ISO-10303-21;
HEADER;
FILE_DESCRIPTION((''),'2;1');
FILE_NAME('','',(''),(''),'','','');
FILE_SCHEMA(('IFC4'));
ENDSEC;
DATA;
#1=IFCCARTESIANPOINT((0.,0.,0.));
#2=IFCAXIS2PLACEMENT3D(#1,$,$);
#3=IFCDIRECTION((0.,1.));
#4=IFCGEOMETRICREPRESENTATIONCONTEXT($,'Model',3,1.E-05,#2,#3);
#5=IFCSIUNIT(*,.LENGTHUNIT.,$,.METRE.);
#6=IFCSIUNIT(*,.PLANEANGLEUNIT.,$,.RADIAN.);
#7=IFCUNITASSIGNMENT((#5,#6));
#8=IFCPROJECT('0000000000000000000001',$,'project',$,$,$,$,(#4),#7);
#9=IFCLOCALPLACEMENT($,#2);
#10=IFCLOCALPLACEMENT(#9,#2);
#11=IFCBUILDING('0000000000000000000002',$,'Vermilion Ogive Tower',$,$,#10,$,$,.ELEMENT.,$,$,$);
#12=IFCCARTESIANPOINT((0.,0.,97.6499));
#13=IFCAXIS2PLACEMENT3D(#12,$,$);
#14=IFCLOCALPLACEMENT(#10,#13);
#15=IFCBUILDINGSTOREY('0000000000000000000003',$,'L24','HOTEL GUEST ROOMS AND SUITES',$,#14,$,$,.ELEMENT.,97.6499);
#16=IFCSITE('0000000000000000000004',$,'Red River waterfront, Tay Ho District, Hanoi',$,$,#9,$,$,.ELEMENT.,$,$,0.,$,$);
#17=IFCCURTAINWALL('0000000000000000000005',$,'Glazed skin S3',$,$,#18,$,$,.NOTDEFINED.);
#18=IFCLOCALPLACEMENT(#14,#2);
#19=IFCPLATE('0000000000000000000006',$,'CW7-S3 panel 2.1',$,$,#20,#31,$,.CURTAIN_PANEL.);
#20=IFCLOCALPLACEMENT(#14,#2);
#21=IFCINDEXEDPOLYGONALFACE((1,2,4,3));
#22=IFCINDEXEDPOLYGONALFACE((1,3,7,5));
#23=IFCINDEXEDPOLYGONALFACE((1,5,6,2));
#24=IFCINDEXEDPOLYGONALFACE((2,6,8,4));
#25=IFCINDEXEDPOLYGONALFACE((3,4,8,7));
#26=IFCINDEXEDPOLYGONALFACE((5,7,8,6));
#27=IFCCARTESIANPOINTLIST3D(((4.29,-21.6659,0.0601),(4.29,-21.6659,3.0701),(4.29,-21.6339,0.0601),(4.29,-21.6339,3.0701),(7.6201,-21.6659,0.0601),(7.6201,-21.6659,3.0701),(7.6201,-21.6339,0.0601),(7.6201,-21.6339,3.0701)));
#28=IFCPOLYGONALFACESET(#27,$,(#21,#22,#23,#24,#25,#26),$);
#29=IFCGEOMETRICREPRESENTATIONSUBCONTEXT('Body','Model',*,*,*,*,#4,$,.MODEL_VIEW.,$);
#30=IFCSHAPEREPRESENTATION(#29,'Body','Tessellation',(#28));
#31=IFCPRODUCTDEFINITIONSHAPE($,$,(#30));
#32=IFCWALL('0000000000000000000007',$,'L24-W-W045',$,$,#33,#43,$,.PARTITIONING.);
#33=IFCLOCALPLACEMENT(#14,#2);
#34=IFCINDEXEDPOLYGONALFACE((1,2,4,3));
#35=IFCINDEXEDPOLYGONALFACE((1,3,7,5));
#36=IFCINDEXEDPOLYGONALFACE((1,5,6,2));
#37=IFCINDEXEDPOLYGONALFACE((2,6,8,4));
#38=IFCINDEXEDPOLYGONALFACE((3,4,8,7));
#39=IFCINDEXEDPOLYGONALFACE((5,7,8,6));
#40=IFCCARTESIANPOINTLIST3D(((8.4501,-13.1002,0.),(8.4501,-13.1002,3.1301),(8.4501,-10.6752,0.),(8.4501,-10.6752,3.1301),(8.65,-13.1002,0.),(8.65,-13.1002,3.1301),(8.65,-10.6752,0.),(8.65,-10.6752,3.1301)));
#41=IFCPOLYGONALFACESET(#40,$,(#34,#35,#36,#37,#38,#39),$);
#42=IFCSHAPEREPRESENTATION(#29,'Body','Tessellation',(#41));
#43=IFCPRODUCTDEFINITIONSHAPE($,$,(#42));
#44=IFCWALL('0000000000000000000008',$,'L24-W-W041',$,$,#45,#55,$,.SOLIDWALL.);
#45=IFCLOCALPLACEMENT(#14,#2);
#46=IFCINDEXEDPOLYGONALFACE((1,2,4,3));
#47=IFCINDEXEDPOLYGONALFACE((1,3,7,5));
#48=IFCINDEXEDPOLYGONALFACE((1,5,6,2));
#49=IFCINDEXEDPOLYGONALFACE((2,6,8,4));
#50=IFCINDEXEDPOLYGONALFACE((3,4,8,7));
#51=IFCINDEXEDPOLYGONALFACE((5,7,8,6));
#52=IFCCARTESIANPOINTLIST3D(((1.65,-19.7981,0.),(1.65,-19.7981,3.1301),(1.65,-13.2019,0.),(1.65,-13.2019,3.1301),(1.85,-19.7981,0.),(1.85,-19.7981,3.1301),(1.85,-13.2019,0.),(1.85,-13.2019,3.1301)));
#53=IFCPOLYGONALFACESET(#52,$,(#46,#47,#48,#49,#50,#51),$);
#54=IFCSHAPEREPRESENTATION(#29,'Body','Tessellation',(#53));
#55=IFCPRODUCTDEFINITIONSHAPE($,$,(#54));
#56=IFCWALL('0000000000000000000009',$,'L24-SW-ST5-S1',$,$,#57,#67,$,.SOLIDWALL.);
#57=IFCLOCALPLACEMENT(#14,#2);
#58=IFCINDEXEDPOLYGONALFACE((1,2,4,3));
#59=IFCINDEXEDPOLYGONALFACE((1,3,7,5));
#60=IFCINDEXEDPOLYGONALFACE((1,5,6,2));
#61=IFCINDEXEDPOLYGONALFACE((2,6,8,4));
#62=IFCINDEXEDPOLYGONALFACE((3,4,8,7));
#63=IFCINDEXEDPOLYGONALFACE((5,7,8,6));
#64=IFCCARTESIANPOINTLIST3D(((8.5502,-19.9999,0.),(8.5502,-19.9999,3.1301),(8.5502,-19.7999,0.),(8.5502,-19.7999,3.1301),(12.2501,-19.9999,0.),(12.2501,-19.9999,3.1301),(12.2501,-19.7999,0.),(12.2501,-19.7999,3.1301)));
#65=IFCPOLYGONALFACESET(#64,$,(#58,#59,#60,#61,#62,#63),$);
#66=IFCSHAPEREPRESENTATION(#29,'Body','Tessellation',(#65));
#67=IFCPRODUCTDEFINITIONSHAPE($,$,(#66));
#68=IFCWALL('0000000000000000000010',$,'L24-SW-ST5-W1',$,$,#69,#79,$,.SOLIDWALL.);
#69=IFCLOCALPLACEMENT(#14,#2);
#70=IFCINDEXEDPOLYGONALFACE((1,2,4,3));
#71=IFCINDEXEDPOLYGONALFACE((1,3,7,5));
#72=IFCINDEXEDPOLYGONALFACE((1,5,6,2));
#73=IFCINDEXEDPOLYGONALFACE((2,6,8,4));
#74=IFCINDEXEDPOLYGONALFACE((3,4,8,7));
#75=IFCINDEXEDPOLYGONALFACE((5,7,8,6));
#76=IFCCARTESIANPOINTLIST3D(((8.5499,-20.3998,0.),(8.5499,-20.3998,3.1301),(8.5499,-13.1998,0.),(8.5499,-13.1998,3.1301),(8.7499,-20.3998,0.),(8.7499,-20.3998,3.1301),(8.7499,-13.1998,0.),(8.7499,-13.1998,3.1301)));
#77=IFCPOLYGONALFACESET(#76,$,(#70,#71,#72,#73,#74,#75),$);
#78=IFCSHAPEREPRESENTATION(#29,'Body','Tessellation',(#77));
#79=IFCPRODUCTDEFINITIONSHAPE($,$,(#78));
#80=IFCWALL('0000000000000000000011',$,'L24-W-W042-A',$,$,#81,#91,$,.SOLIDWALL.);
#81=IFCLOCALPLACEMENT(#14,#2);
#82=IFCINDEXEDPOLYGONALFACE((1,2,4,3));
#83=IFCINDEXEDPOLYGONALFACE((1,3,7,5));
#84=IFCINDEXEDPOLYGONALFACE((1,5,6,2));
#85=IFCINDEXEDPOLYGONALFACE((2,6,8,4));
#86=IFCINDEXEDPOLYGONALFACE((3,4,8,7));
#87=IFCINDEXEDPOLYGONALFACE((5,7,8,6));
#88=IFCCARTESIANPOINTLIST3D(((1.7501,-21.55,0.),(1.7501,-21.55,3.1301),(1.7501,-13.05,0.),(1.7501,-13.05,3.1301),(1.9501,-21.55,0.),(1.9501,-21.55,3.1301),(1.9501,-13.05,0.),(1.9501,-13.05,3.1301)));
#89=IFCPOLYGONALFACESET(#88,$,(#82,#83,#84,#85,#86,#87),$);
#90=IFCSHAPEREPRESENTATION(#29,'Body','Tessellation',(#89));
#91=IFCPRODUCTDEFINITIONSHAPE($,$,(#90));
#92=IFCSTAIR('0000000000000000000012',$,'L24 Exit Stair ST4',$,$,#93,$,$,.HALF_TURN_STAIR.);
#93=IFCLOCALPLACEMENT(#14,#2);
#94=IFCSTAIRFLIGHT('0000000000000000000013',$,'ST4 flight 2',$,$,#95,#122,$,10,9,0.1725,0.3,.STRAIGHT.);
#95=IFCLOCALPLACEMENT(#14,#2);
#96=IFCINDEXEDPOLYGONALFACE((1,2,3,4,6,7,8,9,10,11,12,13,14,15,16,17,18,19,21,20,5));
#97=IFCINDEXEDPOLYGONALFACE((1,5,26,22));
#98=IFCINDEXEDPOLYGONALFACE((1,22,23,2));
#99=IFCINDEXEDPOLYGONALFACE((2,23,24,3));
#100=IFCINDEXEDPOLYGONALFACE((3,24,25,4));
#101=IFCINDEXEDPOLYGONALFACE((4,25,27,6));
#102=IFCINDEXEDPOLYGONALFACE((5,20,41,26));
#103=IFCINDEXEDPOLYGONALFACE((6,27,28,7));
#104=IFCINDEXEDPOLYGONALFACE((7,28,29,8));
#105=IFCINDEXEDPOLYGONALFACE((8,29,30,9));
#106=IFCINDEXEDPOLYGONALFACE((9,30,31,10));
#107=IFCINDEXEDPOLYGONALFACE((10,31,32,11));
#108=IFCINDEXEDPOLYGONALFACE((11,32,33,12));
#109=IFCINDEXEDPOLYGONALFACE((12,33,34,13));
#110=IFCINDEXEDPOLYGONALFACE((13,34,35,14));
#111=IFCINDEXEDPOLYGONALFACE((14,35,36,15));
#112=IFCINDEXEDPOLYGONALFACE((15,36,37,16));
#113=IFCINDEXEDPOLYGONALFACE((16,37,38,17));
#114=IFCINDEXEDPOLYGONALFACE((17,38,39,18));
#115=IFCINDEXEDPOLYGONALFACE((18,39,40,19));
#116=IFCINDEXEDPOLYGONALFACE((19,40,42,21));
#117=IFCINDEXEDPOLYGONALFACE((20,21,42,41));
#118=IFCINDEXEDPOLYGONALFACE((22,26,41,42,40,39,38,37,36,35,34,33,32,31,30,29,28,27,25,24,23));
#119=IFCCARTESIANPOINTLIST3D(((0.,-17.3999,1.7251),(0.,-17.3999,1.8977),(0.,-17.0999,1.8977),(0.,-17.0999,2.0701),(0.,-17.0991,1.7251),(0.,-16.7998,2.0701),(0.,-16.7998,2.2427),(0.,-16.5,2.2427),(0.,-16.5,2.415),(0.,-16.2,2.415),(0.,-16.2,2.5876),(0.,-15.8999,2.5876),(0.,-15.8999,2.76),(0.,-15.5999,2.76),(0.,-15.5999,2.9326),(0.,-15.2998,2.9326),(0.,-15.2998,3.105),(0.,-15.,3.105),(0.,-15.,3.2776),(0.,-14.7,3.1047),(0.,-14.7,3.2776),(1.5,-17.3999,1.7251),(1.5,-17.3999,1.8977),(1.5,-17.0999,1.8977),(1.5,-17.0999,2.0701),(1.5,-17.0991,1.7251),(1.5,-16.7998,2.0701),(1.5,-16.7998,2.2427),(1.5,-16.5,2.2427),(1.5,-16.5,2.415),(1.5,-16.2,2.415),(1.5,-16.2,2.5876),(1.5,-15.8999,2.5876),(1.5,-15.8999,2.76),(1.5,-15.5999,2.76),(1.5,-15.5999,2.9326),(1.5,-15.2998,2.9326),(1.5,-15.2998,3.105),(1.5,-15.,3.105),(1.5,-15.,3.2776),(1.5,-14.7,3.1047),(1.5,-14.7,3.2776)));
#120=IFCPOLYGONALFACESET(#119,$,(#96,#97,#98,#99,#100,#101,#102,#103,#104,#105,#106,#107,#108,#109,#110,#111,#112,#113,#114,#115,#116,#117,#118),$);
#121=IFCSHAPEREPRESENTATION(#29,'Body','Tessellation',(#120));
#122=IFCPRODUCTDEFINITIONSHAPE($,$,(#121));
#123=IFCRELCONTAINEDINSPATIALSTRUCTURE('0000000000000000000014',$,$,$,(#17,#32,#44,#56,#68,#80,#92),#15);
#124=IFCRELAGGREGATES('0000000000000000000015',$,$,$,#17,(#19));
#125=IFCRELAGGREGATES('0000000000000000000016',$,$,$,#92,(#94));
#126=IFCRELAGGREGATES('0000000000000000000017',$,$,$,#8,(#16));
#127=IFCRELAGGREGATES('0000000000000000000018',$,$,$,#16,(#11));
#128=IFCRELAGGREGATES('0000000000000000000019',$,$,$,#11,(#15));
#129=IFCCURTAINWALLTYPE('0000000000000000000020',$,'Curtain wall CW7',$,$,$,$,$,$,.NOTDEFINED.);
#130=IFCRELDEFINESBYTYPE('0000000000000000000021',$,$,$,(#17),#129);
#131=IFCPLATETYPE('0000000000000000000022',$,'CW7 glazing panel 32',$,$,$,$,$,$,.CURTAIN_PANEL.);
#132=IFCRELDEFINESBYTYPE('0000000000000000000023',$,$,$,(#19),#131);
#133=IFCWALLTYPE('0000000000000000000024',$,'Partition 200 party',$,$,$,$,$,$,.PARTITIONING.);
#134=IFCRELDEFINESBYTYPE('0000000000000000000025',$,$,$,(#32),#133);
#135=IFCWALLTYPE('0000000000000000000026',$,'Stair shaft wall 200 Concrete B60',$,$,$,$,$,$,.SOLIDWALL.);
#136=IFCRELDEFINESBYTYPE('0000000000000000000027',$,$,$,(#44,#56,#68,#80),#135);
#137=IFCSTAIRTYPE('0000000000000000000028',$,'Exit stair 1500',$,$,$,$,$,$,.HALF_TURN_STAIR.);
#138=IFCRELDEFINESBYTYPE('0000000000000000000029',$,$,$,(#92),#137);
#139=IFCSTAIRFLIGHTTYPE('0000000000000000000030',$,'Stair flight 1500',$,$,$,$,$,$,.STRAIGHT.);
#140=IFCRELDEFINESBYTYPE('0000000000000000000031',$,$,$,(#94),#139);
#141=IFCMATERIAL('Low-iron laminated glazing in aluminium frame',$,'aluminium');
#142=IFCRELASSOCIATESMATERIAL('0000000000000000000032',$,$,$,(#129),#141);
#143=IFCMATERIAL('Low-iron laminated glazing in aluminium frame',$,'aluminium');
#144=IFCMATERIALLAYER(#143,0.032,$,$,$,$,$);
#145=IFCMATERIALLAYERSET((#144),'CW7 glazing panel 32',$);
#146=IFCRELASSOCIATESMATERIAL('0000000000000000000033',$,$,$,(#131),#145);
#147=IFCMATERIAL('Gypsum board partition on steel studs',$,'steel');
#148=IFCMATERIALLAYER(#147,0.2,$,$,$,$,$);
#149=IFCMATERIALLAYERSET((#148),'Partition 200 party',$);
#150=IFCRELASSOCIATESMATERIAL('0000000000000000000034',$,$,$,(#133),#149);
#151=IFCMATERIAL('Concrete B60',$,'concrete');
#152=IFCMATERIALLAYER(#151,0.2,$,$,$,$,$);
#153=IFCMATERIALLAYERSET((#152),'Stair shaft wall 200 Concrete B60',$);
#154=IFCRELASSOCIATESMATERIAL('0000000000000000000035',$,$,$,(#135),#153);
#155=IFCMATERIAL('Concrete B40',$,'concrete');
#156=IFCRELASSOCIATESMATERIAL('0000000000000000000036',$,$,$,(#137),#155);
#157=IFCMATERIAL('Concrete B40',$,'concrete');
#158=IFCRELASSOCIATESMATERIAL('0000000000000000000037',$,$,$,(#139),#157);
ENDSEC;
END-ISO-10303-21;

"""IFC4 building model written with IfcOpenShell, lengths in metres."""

from ifc_helpers import new_model, si_unit, direction, frame, frame_2d, origin, origin_2d, place, context, subcontext, project, spatial, polyline, rectangle, outline, extrude, material, layer, layer_set, type_object, element, aggregate, save


model = new_model("IFC4")

# Units and contexts
model_context = context("Model", 3, precision=1e-05, world=origin(), true_north=direction((0.0, 1.0)))
body_context = subcontext(model_context, "Body", "Model", "MODEL_VIEW")
ifc_project = project(units=[si_unit("LENGTHUNIT", "METRE"), si_unit("PLANEANGLEUNIT", "RADIAN")], contexts=[model_context])

# Site, building, storey
site_placement = place(None, origin())
site = spatial("IfcSite", under=ifc_project, at=site_placement, Name="Red River waterfront, Tay Ho District, Hanoi", CompositionType="ELEMENT", RefElevation=0.0)
building_placement = place(site_placement, origin())
building = spatial("IfcBuilding", under=site, at=building_placement, Name="Vermilion Ogive Tower", CompositionType="ELEMENT")
storey_placement = place(building_placement, frame((0.0, 0.0, 97.6499)))
storey = spatial("IfcBuildingStorey", under=building, at=storey_placement, Name="L24", Description="HOTEL GUEST ROOMS AND SUITES", CompositionType="ELEMENT", Elevation=97.6499)

# Curtain wall
ifc_material_1 = material(Name="Low-iron laminated glazing in aluminium frame", Category="aluminium")
curtain_wall_type = type_object("IfcCurtainWallType", Name="Curtain wall CW7", PredefinedType="NOTDEFINED", material=ifc_material_1)
curtain_wall_1_placement = place(storey_placement, origin())
curtain_wall_1 = element("IfcCurtainWall", 1, at=curtain_wall_1_placement, inside=storey, type_object=curtain_wall_type, Name="Glazed skin S3", PredefinedType="NOTDEFINED")

# Plate
ifc_material_2 = material(Name="Low-iron laminated glazing in aluminium frame", Category="aluminium")
ifc_layer_1 = layer(ifc_material_2, 0.032)
ifc_layer_set_1 = layer_set([ifc_layer_1], Name="CW7 glazing panel 32")
plate_type = type_object("IfcPlateType", Name="CW7 glazing panel 32", PredefinedType="CURTAIN_PANEL", material=ifc_layer_set_1)
plate_1_placement = place(storey_placement, frame((5.9551, -21.6499, 0.0601), z_axis=(0.0, 0.0, 1.0), x_axis=(1.0, 0.0, 0.0)))
plate_1 = element("IfcPlate", 2, at=plate_1_placement, type_object=plate_type, Name="CW7-S3 panel 2.1", PredefinedType="CURTAIN_PANEL", context=body_context, shape_type="SweptSolid", body=[
    extrude(rectangle(XDim=3.3301, YDim=0.032, at=origin_2d()), origin(), (0.0, 0.0, 1.0), 3.01),
])
aggregate(curtain_wall_1, [plate_1])

# Walls
ifc_material_3 = material(Name="Gypsum board partition on steel studs", Category="steel")
ifc_layer_2 = layer(ifc_material_3, 0.2)
ifc_layer_set_2 = layer_set([ifc_layer_2], Name="Partition 200 party")
wall_type_1 = type_object("IfcWallType", Name="Partition 200 party", PredefinedType="PARTITIONING", material=ifc_layer_set_2)
wall_1_placement = place(storey_placement, frame((8.55, -13.1001, 0.0), z_axis=(0.0, 0.0, 1.0), x_axis=(0.0, 1.0, 0.0)))
element("IfcWall", 3, at=wall_1_placement, inside=storey, type_object=wall_type_1, Name="L24-W-W045", PredefinedType="PARTITIONING", context=body_context, shape_type="SweptSolid", body=[
    extrude(rectangle(XDim=2.425, YDim=0.2, at=frame_2d((1.2124, 0.0))), origin(), (0.0, 0.0, 1.0), 3.1301),
])
ifc_material_4 = material(Name="Concrete B60", Category="concrete")
ifc_layer_3 = layer(ifc_material_4, 0.2)
ifc_layer_set_3 = layer_set([ifc_layer_3], Name="Stair shaft wall 200 Concrete B60")
wall_type_2 = type_object("IfcWallType", Name="Stair shaft wall 200 Concrete B60", PredefinedType="SOLIDWALL", material=ifc_layer_set_3)
wall_2_placement = place(storey_placement, frame((1.75, -19.7981, 0.0), z_axis=(0.0, 0.0, 1.0), x_axis=(0.0, 1.0, 0.0)))
element("IfcWall", 4, at=wall_2_placement, inside=storey, type_object=wall_type_2, Name="L24-W-W041", PredefinedType="SOLIDWALL", context=body_context, shape_type="SweptSolid", body=[
    extrude(rectangle(XDim=6.5962, YDim=0.2, at=frame_2d((3.2981, 0.0))), origin(), (0.0, 0.0, 1.0), 3.1301),
])
wall_3_placement = place(storey_placement, frame((8.55, -19.8999, 0.0), z_axis=(0.0, 0.0, 1.0), x_axis=(1.0, 0.0, 0.0)))
element("IfcWall", 5, at=wall_3_placement, inside=storey, type_object=wall_type_2, Name="L24-SW-ST5-S1", PredefinedType="SOLIDWALL", context=body_context, shape_type="SweptSolid", body=[
    extrude(rectangle(XDim=3.7, YDim=0.2, at=frame_2d((1.8501, 0.0))), origin(), (0.0, 0.0, 1.0), 3.1301),
])
wall_4_placement = place(storey_placement, frame((8.6499, -20.3999, 0.0), z_axis=(0.0, 0.0, 1.0), x_axis=(0.0, 1.0, 0.0)))
element("IfcWall", 6, at=wall_4_placement, inside=storey, type_object=wall_type_2, Name="L24-SW-ST5-W1", PredefinedType="SOLIDWALL", context=body_context, shape_type="SweptSolid", body=[
    extrude(rectangle(XDim=7.2, YDim=0.2, at=frame_2d((3.6001, 0.0))), origin(), (0.0, 0.0, 1.0), 3.1301),
])
wall_5_placement = place(storey_placement, frame((1.8501, -21.55, 0.0), z_axis=(0.0, 0.0, 1.0), x_axis=(0.0, 1.0, 0.0)))
element("IfcWall", 7, at=wall_5_placement, inside=storey, type_object=wall_type_2, Name="L24-W-W042-A", PredefinedType="SOLIDWALL", context=body_context, shape_type="SweptSolid", body=[
    extrude(rectangle(XDim=8.5, YDim=0.2, at=frame_2d((4.25, 0.0))), origin(), (0.0, 0.0, 1.0), 3.1301),
])

# Stair, stair flight
ifc_material_5 = material(Name="Concrete B40", Category="concrete")
stair_type = type_object("IfcStairType", Name="Exit stair 1500", PredefinedType="HALF_TURN_STAIR", material=ifc_material_5)
stair_placement = place(storey_placement, origin())
stair = element("IfcStair", 8, at=stair_placement, inside=storey, type_object=stair_type, Name="L24 Exit Stair ST4", PredefinedType="HALF_TURN_STAIR")
ifc_material_6 = material(Name="Concrete B40", Category="concrete")
stair_flight_type = type_object("IfcStairFlightType", Name="Stair flight 1500", PredefinedType="STRAIGHT", material=ifc_material_6)
stair_flight_placement = place(storey_placement, frame((0.75, -17.3999, 1.7251), z_axis=(0.0, 0.0, 1.0), x_axis=(0.0, 1.0, 0.0)))
stair_flight = element("IfcStairFlight", 9, at=stair_flight_placement, type_object=stair_flight_type, Name="ST4 flight 2", NumberOfRisers=10, NumberOfTreads=9, PredefinedType="STRAIGHT", RiserHeight=0.1725, TreadLength=0.3, context=body_context, shape_type="SweptSolid", body=[
    extrude(outline(polyline([(0.0, 0.0), (0.0, 0.1726), (0.3, 0.1726), (0.3, 0.345), (0.6001, 0.345), (0.6001, 0.5176), (0.8999, 0.5176), (0.8999, 0.6899), (1.2, 0.6899), (1.2, 0.8625), (1.5, 0.8625), (1.5, 1.0349), (1.8, 1.0349), (1.8, 1.2075), (2.1001, 1.2075), (2.1001, 1.3799), (2.3999, 1.3799), (2.3999, 1.5525), (2.7, 1.5525), (2.7, 1.7251), (2.7, 1.3796), (0.3008, 0.0), (0.0, 0.0)])), frame((0.0, 0.75, 0.0), z_axis=(0.0, -1.0, 0.0), x_axis=(1.0, 0.0, 0.0)), (0.0, 0.0, 1.0), 1.5),
])
aggregate(stair, [stair_flight])

save(model, "model.ifc")
